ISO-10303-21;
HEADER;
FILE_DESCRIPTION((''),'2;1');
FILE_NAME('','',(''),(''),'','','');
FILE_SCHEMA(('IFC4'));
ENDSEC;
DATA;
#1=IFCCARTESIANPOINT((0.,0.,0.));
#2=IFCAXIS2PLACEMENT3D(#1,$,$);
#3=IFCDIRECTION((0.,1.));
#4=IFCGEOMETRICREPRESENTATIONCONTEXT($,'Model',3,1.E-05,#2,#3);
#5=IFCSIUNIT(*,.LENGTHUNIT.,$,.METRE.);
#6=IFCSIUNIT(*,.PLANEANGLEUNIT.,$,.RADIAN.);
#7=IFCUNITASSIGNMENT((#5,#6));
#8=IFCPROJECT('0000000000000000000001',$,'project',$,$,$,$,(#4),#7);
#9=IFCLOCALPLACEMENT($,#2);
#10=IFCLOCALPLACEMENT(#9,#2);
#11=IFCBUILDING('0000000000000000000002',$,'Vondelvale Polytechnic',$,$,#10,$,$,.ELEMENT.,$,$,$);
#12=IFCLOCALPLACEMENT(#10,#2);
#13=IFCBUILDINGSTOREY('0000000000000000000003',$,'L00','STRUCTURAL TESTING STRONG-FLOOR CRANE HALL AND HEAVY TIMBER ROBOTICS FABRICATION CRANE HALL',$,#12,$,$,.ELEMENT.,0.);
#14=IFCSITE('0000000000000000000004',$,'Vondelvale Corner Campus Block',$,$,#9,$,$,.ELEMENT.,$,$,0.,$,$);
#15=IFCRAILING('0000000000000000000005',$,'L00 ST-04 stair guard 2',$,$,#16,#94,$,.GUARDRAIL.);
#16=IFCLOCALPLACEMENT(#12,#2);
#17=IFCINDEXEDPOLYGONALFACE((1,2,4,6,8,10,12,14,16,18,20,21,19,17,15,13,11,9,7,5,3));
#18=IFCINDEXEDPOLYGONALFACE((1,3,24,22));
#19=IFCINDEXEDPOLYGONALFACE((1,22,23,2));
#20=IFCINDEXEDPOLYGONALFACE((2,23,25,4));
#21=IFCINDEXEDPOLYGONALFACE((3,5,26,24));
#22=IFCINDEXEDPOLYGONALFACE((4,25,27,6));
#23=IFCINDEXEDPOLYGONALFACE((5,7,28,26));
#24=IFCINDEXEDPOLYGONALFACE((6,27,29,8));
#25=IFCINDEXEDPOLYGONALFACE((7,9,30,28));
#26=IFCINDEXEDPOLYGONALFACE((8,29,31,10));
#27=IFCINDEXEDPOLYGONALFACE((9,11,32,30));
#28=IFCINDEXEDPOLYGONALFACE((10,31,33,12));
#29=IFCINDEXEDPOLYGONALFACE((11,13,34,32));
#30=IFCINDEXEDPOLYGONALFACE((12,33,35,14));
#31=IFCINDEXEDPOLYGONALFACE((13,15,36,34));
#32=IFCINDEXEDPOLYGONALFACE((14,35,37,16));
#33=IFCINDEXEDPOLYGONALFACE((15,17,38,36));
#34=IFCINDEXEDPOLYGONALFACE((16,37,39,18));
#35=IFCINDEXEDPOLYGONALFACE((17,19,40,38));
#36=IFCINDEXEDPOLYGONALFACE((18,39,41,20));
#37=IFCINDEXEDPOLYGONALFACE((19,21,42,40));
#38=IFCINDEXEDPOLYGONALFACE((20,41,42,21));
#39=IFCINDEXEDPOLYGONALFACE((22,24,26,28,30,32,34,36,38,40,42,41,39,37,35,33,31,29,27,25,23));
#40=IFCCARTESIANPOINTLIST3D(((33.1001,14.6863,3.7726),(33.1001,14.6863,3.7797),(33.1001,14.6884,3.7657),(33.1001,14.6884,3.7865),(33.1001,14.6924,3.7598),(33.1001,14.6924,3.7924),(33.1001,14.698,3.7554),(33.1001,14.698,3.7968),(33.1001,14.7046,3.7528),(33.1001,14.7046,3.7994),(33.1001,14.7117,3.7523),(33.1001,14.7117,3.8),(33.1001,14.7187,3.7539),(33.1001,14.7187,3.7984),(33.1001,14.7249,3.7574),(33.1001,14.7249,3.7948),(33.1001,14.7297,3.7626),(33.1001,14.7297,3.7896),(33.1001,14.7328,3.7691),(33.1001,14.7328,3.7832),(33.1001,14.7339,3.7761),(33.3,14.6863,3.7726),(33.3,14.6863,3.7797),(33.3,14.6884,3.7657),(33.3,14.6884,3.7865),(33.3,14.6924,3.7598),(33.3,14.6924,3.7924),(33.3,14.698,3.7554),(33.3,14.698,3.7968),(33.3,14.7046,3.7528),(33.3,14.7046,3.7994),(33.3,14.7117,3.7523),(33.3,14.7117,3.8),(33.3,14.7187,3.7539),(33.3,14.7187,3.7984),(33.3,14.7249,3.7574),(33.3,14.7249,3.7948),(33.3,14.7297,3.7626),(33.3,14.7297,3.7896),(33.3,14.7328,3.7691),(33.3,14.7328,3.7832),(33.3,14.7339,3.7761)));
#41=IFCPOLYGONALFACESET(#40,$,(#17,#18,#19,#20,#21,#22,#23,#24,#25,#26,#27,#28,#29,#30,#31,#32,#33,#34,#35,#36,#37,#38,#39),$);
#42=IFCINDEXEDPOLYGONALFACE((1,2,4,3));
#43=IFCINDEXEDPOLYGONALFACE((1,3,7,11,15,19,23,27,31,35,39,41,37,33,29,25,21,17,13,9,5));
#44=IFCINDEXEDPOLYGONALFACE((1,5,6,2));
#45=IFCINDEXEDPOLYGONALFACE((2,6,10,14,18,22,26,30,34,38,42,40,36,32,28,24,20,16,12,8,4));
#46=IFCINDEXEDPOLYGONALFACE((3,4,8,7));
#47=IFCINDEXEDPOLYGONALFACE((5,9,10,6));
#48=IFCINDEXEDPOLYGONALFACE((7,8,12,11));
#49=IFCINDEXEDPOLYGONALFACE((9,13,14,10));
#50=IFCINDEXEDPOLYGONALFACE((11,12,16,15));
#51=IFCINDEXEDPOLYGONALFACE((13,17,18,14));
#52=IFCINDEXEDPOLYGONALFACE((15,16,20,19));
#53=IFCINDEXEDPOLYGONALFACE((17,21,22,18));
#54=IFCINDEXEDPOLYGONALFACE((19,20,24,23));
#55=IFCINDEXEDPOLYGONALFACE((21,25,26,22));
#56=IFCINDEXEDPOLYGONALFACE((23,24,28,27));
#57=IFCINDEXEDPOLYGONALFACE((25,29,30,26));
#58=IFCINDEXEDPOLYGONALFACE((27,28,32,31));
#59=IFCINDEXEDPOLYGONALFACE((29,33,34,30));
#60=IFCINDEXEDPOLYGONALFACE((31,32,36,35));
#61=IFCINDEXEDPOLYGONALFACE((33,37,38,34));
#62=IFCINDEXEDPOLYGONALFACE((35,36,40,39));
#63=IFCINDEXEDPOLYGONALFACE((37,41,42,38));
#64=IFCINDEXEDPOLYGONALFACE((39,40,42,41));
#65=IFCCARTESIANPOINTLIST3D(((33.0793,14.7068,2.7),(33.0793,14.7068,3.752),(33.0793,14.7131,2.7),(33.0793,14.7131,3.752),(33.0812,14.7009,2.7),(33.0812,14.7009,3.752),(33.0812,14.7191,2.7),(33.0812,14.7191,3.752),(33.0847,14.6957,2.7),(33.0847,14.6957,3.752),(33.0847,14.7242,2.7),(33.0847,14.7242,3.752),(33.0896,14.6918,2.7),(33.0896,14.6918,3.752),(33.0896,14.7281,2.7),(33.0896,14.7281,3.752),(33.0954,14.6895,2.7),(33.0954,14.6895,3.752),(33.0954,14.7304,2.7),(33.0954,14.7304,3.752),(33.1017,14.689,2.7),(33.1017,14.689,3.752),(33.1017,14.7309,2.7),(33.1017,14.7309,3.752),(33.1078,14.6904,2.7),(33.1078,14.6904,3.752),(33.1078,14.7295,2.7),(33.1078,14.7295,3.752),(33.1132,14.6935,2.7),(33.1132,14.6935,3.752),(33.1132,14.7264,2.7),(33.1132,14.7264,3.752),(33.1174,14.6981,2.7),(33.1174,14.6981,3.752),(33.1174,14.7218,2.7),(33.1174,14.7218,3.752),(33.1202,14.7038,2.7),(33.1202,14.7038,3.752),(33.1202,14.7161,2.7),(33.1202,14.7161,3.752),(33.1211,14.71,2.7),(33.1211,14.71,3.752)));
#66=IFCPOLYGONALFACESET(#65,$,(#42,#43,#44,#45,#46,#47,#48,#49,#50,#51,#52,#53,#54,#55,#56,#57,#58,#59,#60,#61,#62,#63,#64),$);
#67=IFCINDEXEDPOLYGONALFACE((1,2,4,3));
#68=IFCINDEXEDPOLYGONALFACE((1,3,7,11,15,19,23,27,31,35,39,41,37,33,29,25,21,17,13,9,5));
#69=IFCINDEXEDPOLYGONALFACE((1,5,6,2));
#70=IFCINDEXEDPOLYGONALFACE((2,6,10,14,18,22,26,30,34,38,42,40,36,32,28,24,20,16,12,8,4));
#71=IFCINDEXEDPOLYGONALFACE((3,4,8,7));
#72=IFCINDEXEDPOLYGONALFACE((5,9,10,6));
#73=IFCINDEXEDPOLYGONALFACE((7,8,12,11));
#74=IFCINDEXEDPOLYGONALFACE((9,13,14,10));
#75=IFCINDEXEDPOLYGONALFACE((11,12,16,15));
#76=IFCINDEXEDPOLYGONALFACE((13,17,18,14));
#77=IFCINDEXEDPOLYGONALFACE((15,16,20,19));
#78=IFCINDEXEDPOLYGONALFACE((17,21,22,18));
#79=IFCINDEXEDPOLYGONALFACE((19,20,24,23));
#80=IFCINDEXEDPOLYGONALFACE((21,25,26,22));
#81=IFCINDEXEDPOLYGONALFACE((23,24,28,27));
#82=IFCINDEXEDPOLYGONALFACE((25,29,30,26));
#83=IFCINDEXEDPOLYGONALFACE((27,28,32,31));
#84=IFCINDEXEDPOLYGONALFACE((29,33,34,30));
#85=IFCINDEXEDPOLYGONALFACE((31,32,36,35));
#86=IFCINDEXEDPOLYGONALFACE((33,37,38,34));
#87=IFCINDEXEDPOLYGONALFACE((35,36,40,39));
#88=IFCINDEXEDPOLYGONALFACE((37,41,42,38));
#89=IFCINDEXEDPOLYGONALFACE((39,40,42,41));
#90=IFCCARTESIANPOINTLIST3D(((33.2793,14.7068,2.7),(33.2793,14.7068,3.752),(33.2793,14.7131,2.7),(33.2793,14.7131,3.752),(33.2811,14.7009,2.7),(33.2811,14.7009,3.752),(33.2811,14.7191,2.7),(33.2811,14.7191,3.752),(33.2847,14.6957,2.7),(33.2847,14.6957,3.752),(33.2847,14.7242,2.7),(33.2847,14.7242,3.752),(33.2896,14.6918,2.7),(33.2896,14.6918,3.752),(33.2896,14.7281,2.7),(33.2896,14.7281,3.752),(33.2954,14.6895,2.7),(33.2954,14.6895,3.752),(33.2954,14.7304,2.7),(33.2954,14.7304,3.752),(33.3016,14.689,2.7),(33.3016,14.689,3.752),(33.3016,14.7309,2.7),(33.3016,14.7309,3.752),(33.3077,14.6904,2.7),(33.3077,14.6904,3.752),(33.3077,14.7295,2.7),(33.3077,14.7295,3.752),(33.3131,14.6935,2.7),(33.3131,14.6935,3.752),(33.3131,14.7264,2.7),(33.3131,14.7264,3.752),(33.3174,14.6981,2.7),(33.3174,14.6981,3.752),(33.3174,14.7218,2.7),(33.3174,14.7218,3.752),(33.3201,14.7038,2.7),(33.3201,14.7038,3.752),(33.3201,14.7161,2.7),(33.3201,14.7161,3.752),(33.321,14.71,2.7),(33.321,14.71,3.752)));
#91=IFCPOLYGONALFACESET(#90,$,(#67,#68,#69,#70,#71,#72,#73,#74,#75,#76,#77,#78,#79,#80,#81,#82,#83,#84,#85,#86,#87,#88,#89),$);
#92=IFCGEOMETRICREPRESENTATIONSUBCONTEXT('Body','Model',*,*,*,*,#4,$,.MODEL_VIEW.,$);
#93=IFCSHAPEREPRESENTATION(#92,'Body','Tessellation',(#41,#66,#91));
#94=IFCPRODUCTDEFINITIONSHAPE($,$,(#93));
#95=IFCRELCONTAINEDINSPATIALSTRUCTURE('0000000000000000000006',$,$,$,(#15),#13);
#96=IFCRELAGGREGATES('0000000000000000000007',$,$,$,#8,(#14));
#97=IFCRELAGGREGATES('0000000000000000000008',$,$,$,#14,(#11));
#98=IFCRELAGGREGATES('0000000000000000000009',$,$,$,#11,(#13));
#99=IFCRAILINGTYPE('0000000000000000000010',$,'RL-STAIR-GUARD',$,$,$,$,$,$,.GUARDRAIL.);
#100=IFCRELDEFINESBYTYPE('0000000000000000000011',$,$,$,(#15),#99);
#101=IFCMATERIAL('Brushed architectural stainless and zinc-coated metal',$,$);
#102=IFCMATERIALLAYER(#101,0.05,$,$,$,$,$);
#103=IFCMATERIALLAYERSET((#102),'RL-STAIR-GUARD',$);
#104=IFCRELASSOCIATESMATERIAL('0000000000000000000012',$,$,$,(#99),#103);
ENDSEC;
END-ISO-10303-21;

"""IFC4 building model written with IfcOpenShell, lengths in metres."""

from ifc_helpers import new_model, si_unit, direction, frame, origin, origin_2d, place, context, subcontext, project, spatial, circle, extrude, material, layer, layer_set, type_object, element, save


model = new_model("IFC4")

# Units and contexts
model_context = context("Model", 3, precision=1e-05, world=origin(), true_north=direction((0.0, 1.0)))
body_context = subcontext(model_context, "Body", "Model", "MODEL_VIEW")
ifc_project = project(units=[si_unit("LENGTHUNIT", "METRE"), si_unit("PLANEANGLEUNIT", "RADIAN")], contexts=[model_context])

# Site, building, storey
site_placement = place(None, origin())
site = spatial("IfcSite", under=ifc_project, at=site_placement, Name="Vondelvale Corner Campus Block", CompositionType="ELEMENT", RefElevation=0.0)
building_placement = place(site_placement, origin())
building = spatial("IfcBuilding", under=site, at=building_placement, Name="Vondelvale Polytechnic", CompositionType="ELEMENT")
storey_placement = place(building_placement, origin())
storey = spatial("IfcBuildingStorey", under=building, at=storey_placement, Name="L00", Description="STRUCTURAL TESTING STRONG-FLOOR CRANE HALL AND HEAVY TIMBER ROBOTICS FABRICATION CRANE HALL", CompositionType="ELEMENT", Elevation=0.0)

# Shared definitions
ifc_material_1 = material(Name="Brushed architectural stainless and zinc-coated metal")

# Railing
ifc_layer_1 = layer(ifc_material_1, 0.05)
ifc_layer_set_1 = layer_set([ifc_layer_1], Name="RL-STAIR-GUARD")
railing_type_1 = type_object("IfcRailingType", Name="RL-STAIR-GUARD", PredefinedType="GUARDRAIL", material=ifc_layer_set_1)
railing_1_placement = place(storey_placement, frame((33.1001, 14.71, 2.7)))
element("IfcRailing", 1, at=railing_1_placement, inside=storey, type_object=railing_type_1, Name="L00 ST-04 stair guard 2", PredefinedType="GUARDRAIL", context=body_context, shape_type="SweptSolid", body=[
    extrude(circle(Radius=0.0239, at=origin_2d()), frame((0.0, 0.0, 1.0762), z_axis=(1.0, 0.0, 0.0), x_axis=(0.0, 1.0, 0.0)), (0.0, 0.0, 1.0), 0.2),
    extrude(circle(Radius=0.021, at=origin_2d()), origin(), (0.0, 0.0, 1.0), 1.052),
    extrude(circle(Radius=0.021, at=origin_2d()), frame((0.2, 0.0, 0.0)), (0.0, 0.0, 1.0), 1.052),
])

save(model, "model.ifc")
